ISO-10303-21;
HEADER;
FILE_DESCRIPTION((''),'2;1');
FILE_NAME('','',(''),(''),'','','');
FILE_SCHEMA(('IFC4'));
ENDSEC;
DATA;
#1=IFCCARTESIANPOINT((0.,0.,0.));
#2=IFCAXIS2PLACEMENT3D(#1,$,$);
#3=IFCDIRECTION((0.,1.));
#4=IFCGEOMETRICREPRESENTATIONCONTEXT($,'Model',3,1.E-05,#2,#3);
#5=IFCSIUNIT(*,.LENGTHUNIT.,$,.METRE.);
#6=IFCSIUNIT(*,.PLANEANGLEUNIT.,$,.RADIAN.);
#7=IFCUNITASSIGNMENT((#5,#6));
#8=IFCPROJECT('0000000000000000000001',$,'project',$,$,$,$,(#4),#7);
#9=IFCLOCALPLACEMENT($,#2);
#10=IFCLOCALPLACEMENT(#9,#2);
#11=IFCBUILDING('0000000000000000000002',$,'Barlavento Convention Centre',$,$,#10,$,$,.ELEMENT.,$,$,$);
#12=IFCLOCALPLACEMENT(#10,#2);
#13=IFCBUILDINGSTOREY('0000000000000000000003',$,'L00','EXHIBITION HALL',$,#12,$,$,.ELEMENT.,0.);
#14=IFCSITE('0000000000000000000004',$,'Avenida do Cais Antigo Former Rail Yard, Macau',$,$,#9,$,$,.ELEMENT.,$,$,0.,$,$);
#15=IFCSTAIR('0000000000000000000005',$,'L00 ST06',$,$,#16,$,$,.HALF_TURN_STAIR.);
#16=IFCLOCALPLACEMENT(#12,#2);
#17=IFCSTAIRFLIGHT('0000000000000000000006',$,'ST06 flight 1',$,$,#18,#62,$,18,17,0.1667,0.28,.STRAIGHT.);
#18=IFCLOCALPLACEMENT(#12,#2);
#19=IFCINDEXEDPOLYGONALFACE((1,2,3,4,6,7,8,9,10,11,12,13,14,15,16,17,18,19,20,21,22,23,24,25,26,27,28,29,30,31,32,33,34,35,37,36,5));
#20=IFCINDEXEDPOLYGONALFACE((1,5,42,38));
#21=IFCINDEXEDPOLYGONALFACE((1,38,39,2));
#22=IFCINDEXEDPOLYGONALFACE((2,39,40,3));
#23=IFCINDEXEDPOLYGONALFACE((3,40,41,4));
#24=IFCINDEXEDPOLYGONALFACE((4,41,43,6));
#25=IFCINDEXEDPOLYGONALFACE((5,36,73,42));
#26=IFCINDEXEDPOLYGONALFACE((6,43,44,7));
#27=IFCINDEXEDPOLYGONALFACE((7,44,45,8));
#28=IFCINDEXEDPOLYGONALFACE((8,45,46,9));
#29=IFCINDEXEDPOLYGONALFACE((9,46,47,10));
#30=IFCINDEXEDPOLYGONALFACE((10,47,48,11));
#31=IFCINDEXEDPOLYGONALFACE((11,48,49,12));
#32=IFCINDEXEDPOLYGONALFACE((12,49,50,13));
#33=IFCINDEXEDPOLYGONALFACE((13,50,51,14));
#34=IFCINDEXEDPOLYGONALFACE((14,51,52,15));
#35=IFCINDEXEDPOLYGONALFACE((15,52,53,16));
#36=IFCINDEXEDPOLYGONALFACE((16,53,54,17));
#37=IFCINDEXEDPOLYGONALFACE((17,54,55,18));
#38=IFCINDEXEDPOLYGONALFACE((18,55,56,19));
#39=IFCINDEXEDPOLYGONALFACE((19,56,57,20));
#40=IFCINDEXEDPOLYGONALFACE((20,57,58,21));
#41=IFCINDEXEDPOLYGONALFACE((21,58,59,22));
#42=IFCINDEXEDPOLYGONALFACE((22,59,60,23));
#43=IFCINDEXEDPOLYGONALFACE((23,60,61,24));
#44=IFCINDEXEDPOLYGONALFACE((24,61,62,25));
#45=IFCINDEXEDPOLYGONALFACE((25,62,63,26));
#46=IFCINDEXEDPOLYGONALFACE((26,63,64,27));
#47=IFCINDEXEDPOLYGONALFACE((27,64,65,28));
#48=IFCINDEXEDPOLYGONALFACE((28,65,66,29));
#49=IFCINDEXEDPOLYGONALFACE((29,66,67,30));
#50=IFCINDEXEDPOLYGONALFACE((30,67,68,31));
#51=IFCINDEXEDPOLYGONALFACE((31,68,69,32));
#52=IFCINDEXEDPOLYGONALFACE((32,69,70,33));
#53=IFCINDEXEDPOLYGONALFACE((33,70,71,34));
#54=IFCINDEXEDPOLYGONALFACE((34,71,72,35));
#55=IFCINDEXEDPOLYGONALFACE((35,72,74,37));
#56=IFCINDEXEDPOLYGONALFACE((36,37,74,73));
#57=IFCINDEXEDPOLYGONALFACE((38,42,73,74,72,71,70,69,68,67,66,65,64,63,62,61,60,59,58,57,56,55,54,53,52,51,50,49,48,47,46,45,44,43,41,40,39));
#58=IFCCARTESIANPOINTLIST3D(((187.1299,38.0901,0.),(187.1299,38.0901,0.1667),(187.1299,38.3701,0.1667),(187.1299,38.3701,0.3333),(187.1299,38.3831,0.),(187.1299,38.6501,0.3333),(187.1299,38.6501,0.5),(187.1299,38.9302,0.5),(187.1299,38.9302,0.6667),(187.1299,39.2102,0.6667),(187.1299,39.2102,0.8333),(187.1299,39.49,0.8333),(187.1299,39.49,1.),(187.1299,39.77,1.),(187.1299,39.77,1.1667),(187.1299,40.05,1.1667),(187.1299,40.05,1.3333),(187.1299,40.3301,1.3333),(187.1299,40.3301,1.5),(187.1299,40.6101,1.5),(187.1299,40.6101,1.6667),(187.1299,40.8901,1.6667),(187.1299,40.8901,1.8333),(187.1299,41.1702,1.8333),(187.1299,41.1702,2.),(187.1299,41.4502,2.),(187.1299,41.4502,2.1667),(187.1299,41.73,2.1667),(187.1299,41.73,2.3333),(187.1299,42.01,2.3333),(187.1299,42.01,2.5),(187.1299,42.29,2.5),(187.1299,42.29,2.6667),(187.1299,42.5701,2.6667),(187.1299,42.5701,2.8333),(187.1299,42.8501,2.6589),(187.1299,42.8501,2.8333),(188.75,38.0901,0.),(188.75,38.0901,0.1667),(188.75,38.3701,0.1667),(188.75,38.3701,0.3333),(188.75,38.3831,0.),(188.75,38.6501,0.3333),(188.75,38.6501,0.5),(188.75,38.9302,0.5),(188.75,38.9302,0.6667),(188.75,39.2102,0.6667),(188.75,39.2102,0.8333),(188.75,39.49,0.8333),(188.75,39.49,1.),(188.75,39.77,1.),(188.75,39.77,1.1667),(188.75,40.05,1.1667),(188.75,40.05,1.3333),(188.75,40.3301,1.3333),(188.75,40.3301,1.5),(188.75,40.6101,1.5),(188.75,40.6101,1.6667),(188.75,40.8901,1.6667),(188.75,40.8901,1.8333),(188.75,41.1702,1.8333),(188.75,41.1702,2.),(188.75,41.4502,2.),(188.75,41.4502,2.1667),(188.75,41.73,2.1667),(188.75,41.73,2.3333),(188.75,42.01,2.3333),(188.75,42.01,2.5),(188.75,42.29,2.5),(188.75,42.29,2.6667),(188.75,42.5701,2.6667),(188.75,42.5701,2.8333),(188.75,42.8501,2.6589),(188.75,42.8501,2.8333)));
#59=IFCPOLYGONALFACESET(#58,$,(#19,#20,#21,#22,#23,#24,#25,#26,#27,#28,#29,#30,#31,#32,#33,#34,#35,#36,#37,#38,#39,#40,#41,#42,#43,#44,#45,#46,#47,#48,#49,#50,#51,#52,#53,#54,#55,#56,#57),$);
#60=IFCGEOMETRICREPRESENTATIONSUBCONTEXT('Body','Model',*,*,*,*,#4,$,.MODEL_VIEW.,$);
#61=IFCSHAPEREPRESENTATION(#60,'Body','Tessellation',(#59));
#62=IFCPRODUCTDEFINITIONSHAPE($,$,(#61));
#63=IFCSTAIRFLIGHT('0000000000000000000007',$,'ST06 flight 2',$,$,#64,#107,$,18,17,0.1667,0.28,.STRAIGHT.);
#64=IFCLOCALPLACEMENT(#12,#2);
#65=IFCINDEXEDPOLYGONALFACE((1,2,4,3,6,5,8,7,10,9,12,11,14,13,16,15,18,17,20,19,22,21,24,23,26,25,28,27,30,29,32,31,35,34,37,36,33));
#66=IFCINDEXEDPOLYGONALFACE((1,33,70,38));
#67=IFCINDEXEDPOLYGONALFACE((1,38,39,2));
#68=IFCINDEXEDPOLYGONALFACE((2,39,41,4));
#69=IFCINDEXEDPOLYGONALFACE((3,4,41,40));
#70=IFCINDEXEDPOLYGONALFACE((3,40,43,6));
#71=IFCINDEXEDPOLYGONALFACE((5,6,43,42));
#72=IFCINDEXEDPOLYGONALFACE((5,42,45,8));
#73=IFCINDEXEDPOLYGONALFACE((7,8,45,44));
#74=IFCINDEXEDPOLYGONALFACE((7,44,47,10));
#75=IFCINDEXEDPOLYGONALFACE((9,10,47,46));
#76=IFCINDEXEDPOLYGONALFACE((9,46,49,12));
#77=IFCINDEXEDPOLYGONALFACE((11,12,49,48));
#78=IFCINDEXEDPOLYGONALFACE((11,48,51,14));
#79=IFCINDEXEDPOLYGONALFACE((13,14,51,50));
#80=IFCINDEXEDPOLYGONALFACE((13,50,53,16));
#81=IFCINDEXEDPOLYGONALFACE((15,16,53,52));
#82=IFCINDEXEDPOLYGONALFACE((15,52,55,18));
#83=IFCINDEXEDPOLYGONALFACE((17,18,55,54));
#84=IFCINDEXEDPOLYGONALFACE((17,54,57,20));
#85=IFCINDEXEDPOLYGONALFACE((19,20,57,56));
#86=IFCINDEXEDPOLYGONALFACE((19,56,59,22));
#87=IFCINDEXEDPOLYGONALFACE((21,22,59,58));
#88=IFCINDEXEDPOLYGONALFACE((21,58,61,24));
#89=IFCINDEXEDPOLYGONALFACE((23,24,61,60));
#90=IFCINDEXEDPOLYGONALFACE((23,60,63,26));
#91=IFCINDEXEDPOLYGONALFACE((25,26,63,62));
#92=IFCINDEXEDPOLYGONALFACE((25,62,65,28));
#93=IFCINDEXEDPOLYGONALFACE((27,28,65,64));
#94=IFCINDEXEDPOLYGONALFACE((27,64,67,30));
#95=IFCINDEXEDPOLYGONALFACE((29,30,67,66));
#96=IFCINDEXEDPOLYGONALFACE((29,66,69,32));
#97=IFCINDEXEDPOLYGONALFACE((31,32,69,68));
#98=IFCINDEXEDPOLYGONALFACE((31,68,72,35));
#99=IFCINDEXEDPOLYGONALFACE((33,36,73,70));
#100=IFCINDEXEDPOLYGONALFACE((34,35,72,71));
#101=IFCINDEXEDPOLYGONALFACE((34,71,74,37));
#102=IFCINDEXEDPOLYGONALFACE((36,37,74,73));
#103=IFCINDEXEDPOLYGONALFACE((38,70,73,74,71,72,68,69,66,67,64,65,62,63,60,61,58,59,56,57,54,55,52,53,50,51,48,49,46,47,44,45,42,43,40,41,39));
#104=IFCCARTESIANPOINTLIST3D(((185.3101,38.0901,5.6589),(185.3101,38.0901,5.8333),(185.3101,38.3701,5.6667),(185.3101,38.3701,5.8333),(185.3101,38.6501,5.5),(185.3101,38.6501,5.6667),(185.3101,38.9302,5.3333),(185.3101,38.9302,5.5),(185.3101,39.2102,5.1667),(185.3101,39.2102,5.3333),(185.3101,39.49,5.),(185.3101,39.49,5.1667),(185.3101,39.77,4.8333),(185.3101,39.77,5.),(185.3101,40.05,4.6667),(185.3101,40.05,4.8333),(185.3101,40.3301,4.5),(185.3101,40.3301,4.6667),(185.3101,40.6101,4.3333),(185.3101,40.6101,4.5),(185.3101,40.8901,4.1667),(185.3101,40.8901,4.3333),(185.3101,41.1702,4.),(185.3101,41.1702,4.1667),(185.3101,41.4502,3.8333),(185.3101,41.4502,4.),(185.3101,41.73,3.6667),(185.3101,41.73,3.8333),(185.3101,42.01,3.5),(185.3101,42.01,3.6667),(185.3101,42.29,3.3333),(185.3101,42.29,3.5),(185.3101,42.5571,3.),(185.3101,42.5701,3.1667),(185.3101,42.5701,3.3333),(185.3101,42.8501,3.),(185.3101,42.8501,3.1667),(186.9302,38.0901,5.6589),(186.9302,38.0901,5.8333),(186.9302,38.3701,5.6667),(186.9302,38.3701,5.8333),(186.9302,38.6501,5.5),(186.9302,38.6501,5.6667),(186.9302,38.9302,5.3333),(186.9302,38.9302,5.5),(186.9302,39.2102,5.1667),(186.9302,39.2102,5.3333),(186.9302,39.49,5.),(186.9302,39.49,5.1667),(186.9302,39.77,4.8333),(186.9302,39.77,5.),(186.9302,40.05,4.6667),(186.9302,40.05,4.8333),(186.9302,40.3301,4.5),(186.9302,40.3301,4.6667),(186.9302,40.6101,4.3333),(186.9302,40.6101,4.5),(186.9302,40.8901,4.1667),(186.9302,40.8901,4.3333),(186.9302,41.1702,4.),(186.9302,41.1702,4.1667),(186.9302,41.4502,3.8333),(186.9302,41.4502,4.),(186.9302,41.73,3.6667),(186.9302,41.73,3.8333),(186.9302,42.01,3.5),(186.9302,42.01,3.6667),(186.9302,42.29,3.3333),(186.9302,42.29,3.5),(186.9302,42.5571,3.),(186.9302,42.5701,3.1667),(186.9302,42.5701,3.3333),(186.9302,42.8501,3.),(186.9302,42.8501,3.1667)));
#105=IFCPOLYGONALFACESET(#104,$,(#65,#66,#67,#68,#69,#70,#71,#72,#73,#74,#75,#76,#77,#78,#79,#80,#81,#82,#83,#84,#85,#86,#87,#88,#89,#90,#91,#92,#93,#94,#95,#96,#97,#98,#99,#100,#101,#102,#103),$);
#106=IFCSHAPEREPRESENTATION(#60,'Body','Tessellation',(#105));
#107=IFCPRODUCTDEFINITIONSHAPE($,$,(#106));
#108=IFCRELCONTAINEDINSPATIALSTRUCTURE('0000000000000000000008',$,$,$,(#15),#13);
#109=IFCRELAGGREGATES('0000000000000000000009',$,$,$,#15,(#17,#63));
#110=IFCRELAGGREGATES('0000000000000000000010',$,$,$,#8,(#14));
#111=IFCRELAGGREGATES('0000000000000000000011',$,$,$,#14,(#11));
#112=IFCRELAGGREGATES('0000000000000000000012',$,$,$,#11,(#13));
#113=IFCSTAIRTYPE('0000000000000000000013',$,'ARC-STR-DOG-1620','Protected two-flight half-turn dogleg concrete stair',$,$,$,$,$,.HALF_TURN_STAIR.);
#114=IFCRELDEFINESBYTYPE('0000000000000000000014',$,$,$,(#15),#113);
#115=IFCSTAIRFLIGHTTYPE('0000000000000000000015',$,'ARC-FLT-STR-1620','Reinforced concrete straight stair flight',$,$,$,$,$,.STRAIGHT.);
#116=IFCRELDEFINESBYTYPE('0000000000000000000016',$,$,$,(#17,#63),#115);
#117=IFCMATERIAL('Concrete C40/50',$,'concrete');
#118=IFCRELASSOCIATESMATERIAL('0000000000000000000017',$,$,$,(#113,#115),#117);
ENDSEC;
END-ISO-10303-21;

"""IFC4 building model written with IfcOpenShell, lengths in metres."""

from ifc_helpers import new_model, si_unit, direction, frame, origin, place, context, subcontext, project, spatial, polyline, outline, extrude, material, type_object, element, aggregate, save


model = new_model("IFC4")

# Units and contexts
model_context = context("Model", 3, precision=1e-05, world=origin(), true_north=direction((0.0, 1.0)))
body_context = subcontext(model_context, "Body", "Model", "MODEL_VIEW")
ifc_project = project(units=[si_unit("LENGTHUNIT", "METRE"), si_unit("PLANEANGLEUNIT", "RADIAN")], contexts=[model_context])

# Site, building, storey
site_placement = place(None, origin())
site = spatial("IfcSite", under=ifc_project, at=site_placement, Name="Avenida do Cais Antigo Former Rail Yard, Macau", CompositionType="ELEMENT", RefElevation=0.0)
building_placement = place(site_placement, origin())
building = spatial("IfcBuilding", under=site, at=building_placement, Name="Barlavento Convention Centre", CompositionType="ELEMENT")
storey_placement = place(building_placement, origin())
storey = spatial("IfcBuildingStorey", under=building, at=storey_placement, Name="L00", Description="EXHIBITION HALL", CompositionType="ELEMENT", Elevation=0.0)

# Shared definitions
ifc_material_1 = material(Name="Concrete C40/50", Category="concrete")

# Stair, stair flights
stair_type = type_object("IfcStairType", Name="ARC-STR-DOG-1620", Description="Protected two-flight half-turn dogleg concrete stair", PredefinedType="HALF_TURN_STAIR", material=ifc_material_1)
stair_placement = place(storey_placement, origin())
stair = element("IfcStair", 1, at=stair_placement, inside=storey, type_object=stair_type, Name="L00 ST06", PredefinedType="HALF_TURN_STAIR")
stair_flight_type = type_object("IfcStairFlightType", Name="ARC-FLT-STR-1620", Description="Reinforced concrete straight stair flight", PredefinedType="STRAIGHT", material=ifc_material_1)
stair_flight_1_placement = place(storey_placement, frame((187.9399, 38.0901, 0.0), z_axis=(0.0, 0.0, 1.0), x_axis=(0.0, 1.0, 0.0)))
stair_flight_1 = element("IfcStairFlight", 2, at=stair_flight_1_placement, type_object=stair_flight_type, Name="ST06 flight 1", NumberOfRisers=18, NumberOfTreads=17, PredefinedType="STRAIGHT", RiserHeight=0.1667, TreadLength=0.28, context=body_context, shape_type="SweptSolid", body=[
    extrude(outline(polyline([(0.0, 0.0), (0.0, 0.1667), (0.28, 0.1667), (0.28, 0.3333), (0.5601, 0.3333), (0.5601, 0.5), (0.8401, 0.5), (0.8401, 0.6667), (1.1201, 0.6667), (1.1201, 0.8333), (1.3999, 0.8333), (1.3999, 1.0), (1.6799, 1.0), (1.6799, 1.1667), (1.96, 1.1667), (1.96, 1.3333), (2.24, 1.3333), (2.24, 1.5), (2.52, 1.5), (2.52, 1.6667), (2.8, 1.6667), (2.8, 1.8333), (3.0801, 1.8333), (3.0801, 2.0), (3.3601, 2.0), (3.3601, 2.1667), (3.6399, 2.1667), (3.6399, 2.3333), (3.9199, 2.3333), (3.9199, 2.5), (4.2, 2.5), (4.2, 2.6667), (4.48, 2.6667), (4.48, 2.8333), (4.76, 2.8333), (4.76, 3.0), (4.76, 2.6589), (0.293, 0.0), (0.0, 0.0)])), frame((0.0, 0.8101, 0.0), z_axis=(0.0, -1.0, 0.0), x_axis=(1.0, 0.0, 0.0)), (0.0, 0.0, 1.0), 1.6201),
])
stair_flight_2_placement = place(storey_placement, frame((186.1201, 42.8501, 3.0), z_axis=(0.0, 0.0, 1.0), x_axis=(0.0, -1.0, 0.0)))
stair_flight_2 = element("IfcStairFlight", 3, at=stair_flight_2_placement, type_object=stair_flight_type, Name="ST06 flight 2", NumberOfRisers=18, NumberOfTreads=17, PredefinedType="STRAIGHT", RiserHeight=0.1667, TreadLength=0.28, context=body_context, shape_type="SweptSolid", body=[
    extrude(outline(polyline([(0.0, 0.0), (0.0, 0.1667), (0.28, 0.1667), (0.28, 0.3333), (0.5601, 0.3333), (0.5601, 0.5), (0.8401, 0.5), (0.8401, 0.6667), (1.1201, 0.6667), (1.1201, 0.8333), (1.3999, 0.8333), (1.3999, 1.0), (1.6799, 1.0), (1.6799, 1.1667), (1.96, 1.1667), (1.96, 1.3333), (2.24, 1.3333), (2.24, 1.5), (2.52, 1.5), (2.52, 1.6667), (2.8, 1.6667), (2.8, 1.8333), (3.0801, 1.8333), (3.0801, 2.0), (3.3601, 2.0), (3.3601, 2.1667), (3.6399, 2.1667), (3.6399, 2.3333), (3.9199, 2.3333), (3.9199, 2.5), (4.2, 2.5), (4.2, 2.6667), (4.48, 2.6667), (4.48, 2.8333), (4.76, 2.8333), (4.76, 3.0), (4.76, 2.6589), (0.293, 0.0), (0.0, 0.0)])), frame((0.0, 0.8101, 0.0), z_axis=(0.0, -1.0, 0.0), x_axis=(1.0, 0.0, 0.0)), (0.0, 0.0, 1.0), 1.6201),
])
aggregate(stair, [stair_flight_1, stair_flight_2])

save(model, "model.ifc")
